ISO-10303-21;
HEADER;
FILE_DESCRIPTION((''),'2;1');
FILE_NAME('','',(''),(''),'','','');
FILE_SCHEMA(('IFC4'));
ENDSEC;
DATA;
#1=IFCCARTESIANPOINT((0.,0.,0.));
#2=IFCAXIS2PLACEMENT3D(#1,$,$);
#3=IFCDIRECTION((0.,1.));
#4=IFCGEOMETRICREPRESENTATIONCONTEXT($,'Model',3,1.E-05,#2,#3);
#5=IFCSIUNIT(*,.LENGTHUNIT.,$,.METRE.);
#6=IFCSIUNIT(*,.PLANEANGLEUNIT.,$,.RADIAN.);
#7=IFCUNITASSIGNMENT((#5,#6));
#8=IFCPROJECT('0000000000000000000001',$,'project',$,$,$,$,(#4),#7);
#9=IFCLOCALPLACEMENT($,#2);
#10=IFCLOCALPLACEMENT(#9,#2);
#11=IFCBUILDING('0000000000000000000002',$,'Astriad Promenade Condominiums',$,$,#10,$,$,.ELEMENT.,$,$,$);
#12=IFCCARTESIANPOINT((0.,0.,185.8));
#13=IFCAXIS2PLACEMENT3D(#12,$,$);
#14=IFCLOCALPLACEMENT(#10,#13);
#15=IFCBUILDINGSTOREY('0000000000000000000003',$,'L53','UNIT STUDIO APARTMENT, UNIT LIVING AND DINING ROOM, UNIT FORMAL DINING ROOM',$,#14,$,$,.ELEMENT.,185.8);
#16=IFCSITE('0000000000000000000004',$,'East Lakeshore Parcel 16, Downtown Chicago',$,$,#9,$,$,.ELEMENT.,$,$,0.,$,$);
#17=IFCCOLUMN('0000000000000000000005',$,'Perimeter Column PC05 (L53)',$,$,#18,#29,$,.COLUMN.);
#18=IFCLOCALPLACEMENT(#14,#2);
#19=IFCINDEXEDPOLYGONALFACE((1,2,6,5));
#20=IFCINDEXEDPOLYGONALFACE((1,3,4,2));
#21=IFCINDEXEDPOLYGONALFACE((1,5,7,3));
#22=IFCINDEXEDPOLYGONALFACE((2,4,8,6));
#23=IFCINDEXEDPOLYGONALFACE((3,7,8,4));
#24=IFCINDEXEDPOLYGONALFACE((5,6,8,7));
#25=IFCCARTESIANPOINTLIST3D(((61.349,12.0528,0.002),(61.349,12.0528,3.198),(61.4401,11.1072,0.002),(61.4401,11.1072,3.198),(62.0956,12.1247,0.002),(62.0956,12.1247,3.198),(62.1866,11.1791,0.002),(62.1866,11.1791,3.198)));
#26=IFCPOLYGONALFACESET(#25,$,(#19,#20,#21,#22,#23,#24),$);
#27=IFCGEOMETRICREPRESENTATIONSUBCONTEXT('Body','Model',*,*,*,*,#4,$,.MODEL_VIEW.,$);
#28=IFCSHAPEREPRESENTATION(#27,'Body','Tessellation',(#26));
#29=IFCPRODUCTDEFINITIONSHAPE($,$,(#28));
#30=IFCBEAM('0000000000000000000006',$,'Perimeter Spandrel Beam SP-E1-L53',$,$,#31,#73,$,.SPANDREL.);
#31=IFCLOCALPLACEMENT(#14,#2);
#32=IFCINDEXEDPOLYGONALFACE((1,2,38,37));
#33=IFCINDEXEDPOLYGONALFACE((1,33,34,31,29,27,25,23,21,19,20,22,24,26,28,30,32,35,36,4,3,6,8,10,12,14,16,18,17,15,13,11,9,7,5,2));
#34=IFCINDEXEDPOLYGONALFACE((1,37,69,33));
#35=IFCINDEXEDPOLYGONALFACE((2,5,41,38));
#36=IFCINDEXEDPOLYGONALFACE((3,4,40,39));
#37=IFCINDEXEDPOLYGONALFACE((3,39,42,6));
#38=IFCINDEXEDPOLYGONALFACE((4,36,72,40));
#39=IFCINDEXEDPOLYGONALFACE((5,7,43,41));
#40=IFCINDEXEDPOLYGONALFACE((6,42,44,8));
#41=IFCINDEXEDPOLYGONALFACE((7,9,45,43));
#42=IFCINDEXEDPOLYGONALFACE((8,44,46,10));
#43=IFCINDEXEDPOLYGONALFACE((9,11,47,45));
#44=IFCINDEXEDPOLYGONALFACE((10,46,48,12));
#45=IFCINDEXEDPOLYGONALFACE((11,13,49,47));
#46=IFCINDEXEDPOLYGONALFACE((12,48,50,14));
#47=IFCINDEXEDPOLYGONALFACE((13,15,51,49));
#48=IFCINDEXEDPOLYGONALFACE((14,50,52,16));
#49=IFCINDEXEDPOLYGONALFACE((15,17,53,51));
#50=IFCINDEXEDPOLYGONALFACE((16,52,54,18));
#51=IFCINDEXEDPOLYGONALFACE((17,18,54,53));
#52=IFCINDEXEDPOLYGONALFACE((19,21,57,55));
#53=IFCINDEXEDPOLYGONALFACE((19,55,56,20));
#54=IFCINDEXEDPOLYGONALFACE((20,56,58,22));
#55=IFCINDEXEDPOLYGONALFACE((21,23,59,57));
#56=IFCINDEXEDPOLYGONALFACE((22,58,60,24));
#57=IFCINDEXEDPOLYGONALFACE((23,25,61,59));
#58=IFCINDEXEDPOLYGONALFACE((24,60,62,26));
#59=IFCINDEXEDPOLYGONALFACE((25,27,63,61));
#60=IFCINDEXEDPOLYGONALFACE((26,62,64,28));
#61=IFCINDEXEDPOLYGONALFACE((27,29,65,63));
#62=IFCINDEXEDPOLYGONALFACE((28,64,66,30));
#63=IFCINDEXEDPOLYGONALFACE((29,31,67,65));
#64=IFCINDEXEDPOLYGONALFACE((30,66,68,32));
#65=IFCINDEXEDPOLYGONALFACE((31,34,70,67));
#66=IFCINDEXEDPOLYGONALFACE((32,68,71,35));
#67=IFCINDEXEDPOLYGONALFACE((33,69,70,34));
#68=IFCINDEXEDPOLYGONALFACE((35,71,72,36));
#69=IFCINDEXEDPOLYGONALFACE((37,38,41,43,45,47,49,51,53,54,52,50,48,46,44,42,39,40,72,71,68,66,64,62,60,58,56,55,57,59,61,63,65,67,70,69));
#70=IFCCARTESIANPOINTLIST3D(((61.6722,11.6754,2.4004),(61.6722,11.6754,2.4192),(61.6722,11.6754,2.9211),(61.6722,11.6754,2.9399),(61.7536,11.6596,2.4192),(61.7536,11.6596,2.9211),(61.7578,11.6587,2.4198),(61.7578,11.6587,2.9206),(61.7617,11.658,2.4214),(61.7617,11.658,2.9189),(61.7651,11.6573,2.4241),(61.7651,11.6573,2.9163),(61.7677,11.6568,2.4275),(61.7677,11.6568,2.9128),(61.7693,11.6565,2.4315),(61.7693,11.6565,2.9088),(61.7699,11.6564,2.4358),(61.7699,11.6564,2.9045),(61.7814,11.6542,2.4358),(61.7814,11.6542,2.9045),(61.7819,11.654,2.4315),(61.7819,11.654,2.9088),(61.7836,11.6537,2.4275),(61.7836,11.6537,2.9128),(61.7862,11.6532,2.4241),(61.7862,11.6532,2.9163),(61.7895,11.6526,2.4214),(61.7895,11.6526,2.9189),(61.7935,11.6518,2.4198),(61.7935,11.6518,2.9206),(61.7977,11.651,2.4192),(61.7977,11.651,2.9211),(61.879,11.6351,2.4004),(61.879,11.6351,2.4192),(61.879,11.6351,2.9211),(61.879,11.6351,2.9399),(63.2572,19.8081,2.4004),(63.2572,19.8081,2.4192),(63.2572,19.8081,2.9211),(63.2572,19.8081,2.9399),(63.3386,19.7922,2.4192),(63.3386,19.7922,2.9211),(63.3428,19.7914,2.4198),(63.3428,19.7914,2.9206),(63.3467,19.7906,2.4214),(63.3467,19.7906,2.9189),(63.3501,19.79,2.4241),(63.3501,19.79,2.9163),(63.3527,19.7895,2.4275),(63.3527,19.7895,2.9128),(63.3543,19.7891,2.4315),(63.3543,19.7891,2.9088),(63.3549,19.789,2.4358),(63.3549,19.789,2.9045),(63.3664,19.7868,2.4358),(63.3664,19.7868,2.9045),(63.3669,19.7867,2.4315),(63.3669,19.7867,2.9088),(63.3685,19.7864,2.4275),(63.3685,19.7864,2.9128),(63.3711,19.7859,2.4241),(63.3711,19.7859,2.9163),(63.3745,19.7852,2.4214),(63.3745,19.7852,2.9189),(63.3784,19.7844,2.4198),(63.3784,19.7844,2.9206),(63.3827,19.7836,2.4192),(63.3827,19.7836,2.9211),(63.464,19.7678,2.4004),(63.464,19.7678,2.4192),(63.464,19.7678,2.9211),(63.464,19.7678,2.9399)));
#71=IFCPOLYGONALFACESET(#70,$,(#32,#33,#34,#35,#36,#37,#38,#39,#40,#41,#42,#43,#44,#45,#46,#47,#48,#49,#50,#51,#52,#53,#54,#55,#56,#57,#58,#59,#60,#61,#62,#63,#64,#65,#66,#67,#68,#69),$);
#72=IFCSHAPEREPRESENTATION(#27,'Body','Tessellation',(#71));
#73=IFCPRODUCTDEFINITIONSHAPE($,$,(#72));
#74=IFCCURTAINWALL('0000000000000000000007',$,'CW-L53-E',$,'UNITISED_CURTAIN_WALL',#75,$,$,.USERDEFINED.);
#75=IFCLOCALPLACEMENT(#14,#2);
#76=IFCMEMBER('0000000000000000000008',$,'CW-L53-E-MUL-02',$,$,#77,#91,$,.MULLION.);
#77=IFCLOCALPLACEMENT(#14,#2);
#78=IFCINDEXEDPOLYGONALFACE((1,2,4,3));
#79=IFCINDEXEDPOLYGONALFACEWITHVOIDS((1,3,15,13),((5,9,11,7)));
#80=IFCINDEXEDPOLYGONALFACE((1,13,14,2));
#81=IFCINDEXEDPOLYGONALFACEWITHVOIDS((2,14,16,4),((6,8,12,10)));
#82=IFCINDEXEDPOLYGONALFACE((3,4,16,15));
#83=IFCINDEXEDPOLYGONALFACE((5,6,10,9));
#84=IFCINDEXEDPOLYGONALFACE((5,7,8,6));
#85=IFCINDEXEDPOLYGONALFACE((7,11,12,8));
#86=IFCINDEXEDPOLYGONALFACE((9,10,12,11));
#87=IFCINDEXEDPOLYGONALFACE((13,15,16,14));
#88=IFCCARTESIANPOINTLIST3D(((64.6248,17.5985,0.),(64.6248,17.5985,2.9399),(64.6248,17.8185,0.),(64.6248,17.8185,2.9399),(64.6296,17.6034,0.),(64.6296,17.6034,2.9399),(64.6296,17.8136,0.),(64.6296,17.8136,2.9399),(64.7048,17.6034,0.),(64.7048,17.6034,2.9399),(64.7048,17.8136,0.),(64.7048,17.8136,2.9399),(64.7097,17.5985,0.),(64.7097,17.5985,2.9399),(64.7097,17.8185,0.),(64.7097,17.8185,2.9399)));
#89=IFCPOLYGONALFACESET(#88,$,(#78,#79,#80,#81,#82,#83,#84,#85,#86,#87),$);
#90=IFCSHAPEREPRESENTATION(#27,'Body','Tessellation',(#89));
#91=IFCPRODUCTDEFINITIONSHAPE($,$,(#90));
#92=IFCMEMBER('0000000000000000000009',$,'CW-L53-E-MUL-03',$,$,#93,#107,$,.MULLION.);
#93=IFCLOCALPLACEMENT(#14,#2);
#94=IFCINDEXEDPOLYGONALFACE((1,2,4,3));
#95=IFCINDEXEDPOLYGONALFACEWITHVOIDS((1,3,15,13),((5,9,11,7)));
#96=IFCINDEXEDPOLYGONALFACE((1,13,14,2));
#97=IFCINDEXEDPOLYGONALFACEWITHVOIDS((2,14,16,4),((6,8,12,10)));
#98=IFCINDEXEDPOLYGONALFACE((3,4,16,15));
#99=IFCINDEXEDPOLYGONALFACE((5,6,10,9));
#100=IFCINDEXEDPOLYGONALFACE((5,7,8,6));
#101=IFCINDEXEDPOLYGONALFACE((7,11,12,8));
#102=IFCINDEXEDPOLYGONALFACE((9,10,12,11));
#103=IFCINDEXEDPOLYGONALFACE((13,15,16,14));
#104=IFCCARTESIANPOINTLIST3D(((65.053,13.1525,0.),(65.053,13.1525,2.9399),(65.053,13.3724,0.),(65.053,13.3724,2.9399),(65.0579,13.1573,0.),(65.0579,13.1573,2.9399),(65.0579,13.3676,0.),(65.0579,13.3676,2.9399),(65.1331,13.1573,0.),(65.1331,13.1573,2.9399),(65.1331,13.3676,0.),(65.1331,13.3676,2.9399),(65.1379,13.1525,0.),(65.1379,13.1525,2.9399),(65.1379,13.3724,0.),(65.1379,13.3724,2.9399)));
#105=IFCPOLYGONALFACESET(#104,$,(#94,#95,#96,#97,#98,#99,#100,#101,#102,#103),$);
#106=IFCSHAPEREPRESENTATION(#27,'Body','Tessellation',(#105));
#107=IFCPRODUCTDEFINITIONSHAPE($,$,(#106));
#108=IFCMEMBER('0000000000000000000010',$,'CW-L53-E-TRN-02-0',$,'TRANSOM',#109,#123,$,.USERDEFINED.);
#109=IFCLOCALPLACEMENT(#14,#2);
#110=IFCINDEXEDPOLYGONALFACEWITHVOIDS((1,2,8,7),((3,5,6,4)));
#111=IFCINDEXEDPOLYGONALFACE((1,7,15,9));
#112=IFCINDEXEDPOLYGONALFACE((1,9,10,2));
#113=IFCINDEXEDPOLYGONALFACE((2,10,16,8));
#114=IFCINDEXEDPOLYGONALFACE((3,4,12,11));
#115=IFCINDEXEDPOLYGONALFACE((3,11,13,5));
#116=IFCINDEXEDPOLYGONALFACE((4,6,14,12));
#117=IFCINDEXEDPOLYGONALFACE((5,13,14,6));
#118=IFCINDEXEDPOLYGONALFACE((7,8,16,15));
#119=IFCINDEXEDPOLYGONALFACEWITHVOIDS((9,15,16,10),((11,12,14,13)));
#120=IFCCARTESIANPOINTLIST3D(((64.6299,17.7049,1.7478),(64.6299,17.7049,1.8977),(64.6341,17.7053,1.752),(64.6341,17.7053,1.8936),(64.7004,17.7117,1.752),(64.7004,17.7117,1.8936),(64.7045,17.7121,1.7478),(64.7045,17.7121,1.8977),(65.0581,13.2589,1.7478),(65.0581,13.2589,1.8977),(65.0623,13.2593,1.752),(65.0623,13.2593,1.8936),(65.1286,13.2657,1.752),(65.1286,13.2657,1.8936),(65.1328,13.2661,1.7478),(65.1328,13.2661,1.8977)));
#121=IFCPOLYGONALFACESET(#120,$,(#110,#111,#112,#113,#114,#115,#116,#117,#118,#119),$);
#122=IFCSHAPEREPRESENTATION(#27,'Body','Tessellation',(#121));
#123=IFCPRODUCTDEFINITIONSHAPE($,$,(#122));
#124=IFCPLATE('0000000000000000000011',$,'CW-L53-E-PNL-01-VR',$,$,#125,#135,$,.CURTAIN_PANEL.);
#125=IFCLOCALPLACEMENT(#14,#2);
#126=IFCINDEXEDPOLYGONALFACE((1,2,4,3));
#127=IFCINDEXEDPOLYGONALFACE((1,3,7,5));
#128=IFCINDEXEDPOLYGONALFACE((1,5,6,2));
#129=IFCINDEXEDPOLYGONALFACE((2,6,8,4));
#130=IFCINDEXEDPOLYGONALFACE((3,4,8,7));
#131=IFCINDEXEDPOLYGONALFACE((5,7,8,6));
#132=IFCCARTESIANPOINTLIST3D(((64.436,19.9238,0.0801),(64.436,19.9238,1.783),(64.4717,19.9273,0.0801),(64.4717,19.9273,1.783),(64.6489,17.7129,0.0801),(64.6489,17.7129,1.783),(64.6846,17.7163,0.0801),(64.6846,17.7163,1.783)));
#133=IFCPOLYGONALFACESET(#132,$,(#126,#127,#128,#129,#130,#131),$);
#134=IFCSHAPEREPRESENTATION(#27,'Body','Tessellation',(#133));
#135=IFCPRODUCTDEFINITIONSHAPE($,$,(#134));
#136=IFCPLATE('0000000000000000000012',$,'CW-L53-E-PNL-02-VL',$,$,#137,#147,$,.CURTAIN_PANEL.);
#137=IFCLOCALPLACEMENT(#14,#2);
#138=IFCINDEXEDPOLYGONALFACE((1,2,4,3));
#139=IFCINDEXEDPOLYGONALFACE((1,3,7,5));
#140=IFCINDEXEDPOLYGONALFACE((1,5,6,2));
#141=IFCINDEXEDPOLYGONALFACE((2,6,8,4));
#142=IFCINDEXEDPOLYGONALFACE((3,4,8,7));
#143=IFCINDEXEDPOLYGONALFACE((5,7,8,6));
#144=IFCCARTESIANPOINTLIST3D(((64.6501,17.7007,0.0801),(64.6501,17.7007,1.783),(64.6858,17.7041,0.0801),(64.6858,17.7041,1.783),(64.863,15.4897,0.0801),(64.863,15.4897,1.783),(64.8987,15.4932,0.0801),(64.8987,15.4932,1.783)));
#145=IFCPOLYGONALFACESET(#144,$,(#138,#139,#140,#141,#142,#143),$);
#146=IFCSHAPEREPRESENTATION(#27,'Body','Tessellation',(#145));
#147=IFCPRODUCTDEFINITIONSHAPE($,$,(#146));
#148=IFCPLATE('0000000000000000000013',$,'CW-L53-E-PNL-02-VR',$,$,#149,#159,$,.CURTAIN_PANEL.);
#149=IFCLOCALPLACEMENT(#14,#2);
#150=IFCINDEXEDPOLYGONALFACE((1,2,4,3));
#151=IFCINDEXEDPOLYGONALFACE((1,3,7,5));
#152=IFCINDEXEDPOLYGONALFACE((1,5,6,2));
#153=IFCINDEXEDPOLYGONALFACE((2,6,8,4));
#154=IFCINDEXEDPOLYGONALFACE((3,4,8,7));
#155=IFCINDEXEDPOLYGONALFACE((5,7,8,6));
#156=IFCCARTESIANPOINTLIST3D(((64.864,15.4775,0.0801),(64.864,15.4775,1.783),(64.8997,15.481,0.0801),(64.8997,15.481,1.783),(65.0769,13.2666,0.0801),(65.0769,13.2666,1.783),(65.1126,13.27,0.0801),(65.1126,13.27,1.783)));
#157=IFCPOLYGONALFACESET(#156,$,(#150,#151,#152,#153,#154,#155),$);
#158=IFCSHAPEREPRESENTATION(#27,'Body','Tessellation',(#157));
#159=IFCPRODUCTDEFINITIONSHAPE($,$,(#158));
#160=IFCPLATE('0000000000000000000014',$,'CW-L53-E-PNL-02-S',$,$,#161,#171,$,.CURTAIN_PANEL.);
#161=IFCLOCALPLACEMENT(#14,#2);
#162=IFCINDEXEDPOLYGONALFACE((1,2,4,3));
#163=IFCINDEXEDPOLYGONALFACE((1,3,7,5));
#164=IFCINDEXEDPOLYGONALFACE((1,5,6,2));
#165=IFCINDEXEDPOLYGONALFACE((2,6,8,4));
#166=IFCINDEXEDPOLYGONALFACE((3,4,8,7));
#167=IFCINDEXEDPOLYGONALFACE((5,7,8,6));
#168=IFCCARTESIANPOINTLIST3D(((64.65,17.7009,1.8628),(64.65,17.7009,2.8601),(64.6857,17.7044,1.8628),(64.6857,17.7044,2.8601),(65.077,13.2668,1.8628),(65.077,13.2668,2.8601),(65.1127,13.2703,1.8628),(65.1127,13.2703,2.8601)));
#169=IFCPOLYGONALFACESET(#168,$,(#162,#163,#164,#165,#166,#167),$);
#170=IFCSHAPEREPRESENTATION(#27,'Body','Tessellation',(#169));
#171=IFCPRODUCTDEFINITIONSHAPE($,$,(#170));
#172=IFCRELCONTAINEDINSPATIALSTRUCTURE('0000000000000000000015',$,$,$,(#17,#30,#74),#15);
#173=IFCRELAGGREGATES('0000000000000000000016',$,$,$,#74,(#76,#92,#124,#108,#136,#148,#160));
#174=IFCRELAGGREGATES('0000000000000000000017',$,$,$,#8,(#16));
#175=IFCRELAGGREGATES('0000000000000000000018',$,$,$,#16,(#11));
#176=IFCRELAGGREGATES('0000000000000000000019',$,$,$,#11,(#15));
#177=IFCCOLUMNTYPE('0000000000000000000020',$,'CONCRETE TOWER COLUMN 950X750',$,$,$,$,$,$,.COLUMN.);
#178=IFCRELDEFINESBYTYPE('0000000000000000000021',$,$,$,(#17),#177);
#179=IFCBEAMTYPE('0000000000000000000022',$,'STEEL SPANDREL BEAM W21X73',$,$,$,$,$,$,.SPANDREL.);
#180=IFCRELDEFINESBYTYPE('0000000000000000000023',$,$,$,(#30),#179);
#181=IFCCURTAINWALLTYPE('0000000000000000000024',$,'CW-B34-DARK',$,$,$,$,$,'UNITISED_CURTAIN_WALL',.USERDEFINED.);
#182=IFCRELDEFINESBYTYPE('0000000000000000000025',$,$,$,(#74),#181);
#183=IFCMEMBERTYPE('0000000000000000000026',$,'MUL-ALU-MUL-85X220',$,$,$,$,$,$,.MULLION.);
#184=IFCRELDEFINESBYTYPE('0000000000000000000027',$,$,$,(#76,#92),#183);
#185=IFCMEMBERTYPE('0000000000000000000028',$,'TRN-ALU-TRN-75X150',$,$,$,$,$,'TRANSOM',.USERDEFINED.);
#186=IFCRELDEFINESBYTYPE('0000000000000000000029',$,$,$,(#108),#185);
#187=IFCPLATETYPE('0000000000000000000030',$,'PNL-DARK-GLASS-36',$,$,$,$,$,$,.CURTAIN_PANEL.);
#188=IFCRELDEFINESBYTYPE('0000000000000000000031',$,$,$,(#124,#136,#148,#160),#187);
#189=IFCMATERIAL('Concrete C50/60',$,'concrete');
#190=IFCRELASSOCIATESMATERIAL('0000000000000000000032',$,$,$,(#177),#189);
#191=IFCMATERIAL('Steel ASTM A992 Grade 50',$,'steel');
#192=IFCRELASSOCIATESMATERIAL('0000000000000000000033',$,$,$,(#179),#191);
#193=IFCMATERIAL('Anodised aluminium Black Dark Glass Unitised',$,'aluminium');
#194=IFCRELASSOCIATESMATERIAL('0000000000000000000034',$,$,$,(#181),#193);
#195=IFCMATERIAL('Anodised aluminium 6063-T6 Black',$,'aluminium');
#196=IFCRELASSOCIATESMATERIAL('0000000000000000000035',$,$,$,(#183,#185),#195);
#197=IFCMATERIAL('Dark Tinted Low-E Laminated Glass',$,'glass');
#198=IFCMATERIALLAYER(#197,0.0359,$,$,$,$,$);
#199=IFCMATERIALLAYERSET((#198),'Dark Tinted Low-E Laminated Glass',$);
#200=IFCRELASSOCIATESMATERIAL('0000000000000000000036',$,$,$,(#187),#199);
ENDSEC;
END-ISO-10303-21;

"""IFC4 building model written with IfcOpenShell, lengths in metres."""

from ifc_helpers import new_model, si_unit, direction, frame, origin, origin_2d, place, context, subcontext, project, spatial, rectangle, hollow_rectangle, i_section, extrude, source, transform, mapped, material, layer, layer_set, material_profile, profile_set, type_object, type_shapes, element, aggregate, save


model = new_model("IFC4")

# Units and contexts
model_context = context("Model", 3, precision=1e-05, world=origin(), true_north=direction((0.0, 1.0)))
body_context = subcontext(model_context, "Body", "Model", "MODEL_VIEW")
ifc_project = project(units=[si_unit("LENGTHUNIT", "METRE"), si_unit("PLANEANGLEUNIT", "RADIAN")], contexts=[model_context])

# Site, building, storey
site_placement = place(None, origin())
site = spatial("IfcSite", under=ifc_project, at=site_placement, Name="East Lakeshore Parcel 16, Downtown Chicago", CompositionType="ELEMENT", RefElevation=0.0)
building_placement = place(site_placement, origin())
building = spatial("IfcBuilding", under=site, at=building_placement, Name="Astriad Promenade Condominiums", CompositionType="ELEMENT")
storey_placement = place(building_placement, frame((0.0, 0.0, 185.8)))
storey = spatial("IfcBuildingStorey", under=building, at=storey_placement, Name="L53", Description="UNIT STUDIO APARTMENT, UNIT LIVING AND DINING ROOM, UNIT FORMAL DINING ROOM", CompositionType="ELEMENT", Elevation=185.8)

# Column
ifc_material_1 = material(Name="Concrete C50/60", Category="concrete")
ifc_material_profile_1 = material_profile(ifc_material_1, rectangle(XDim=0.75, YDim=0.95, at=origin_2d()), Name="RC-COL-950X750")
ifc_profile_set_1 = profile_set([ifc_material_profile_1], Name="Concrete C50/60")
column_type = type_object("IfcColumnType", Name="CONCRETE TOWER COLUMN 950X750", PredefinedType="COLUMN", material=ifc_profile_set_1)
shared_shape_1 = source(origin(), body_context, "Body", "SweptSolid", [
    extrude(rectangle(XDim=0.75, YDim=0.95, at=origin_2d()), origin(), (0.0, 0.0, 1.0), 3.196),
])
type_shapes(column_type, [shared_shape_1])
column_placement = place(storey_placement, frame((61.7678, 11.616, 0.002), z_axis=(0.0, 0.0, 1.0), x_axis=(0.995396, 0.095846, 0.0)))
element("IfcColumn", 1, at=column_placement, inside=storey, type_object=column_type, Name="Perimeter Column PC05 (L53)", PredefinedType="COLUMN", context=body_context, shape_type="MappedRepresentation", body=[
    mapped(shared_shape_1, transform((0.0, 0.0, 0.0), scale=1.0)),
])

# Beam
ifc_material_2 = material(Name="Steel ASTM A992 Grade 50", Category="steel")
ifc_material_profile_2 = material_profile(ifc_material_2, i_section(OverallWidth=0.2107, OverallDepth=0.5396, WebThickness=0.0117, FlangeThickness=0.0188, FilletRadius=0.0166, at=origin_2d()), Name="W21X73")
ifc_profile_set_2 = profile_set([ifc_material_profile_2], Name="Steel ASTM A992 Grade 50")
beam_type = type_object("IfcBeamType", Name="STEEL SPANDREL BEAM W21X73", PredefinedType="SPANDREL", material=ifc_profile_set_2)
shared_shape_2 = source(origin(), body_context, "Body", "SweptSolid", [
    extrude(i_section(OverallWidth=0.2107, OverallDepth=0.5396, WebThickness=0.0117, FlangeThickness=0.0188, FilletRadius=0.0166, at=origin_2d()), origin(), (0.0, 0.0, 1.0), 8.2856),
])
type_shapes(beam_type, [shared_shape_2])
beam_placement = place(storey_placement, frame((61.7756, 11.6553, 2.6702), z_axis=(0.191292, 0.981533, 0.0), x_axis=(-0.981533, 0.191292, 0.0)))
element("IfcBeam", 2, at=beam_placement, inside=storey, type_object=beam_type, Name="Perimeter Spandrel Beam SP-E1-L53", PredefinedType="SPANDREL", context=body_context, shape_type="MappedRepresentation", body=[
    mapped(shared_shape_2, transform((0.0, 0.0, 0.0), scale=1.0)),
])

# Curtain wall, members, plates
ifc_material_3 = material(Name="Anodised aluminium Black Dark Glass Unitised", Category="aluminium")
curtain_wall_type = type_object("IfcCurtainWallType", Name="CW-B34-DARK", ElementType="UNITISED_CURTAIN_WALL", PredefinedType="USERDEFINED", material=ifc_material_3)
curtain_wall_placement = place(storey_placement, origin())
curtain_wall = element("IfcCurtainWall", 3, at=curtain_wall_placement, inside=storey, type_object=curtain_wall_type, Name="CW-L53-E", ObjectType="UNITISED_CURTAIN_WALL", PredefinedType="USERDEFINED")
ifc_material_4 = material(Name="Anodised aluminium 6063-T6 Black", Category="aluminium")
ifc_material_profile_3 = material_profile(ifc_material_4, hollow_rectangle(XDim=0.085, YDim=0.22, WallThickness=0.0049, at=origin_2d()), Name="ALU-MUL-85X220")
ifc_profile_set_3 = profile_set([ifc_material_profile_3], Name="Anodised aluminium 6063-T6 Black")
member_type_1 = type_object("IfcMemberType", Name="MUL-ALU-MUL-85X220", PredefinedType="MULLION", material=ifc_profile_set_3)
shared_shape_3 = source(origin(), body_context, "Body", "SweptSolid", [
    extrude(hollow_rectangle(XDim=0.085, YDim=0.22, WallThickness=0.0049, at=origin_2d()), origin(), (0.0, 0.0, 1.0), 2.9399),
])
type_shapes(member_type_1, [shared_shape_3])
member_1_placement = place(storey_placement, frame((64.6672, 17.7085, 0.0), z_axis=(0.0, 0.0, 1.0), x_axis=(1.0, 0.0, 0.0)))
member_1 = element("IfcMember", 4, at=member_1_placement, type_object=member_type_1, Name="CW-L53-E-MUL-02", PredefinedType="MULLION", context=body_context, shape_type="MappedRepresentation", body=[
    mapped(shared_shape_3, transform((0.0, 0.0, 0.0), scale=1.0)),
])
member_2_placement = place(storey_placement, frame((65.0955, 13.2625, 0.0), z_axis=(0.0, 0.0, 1.0), x_axis=(1.0, 0.0, 0.0)))
member_2 = element("IfcMember", 5, at=member_2_placement, type_object=member_type_1, Name="CW-L53-E-MUL-03", PredefinedType="MULLION", context=body_context, shape_type="MappedRepresentation", body=[
    mapped(shared_shape_3, transform((0.0, 0.0, 0.0), scale=1.0)),
])
ifc_material_profile_4 = material_profile(ifc_material_4, hollow_rectangle(XDim=0.075, YDim=0.1499, WallThickness=0.0042, at=origin_2d()), Name="ALU-TRN-75X150")
ifc_profile_set_4 = profile_set([ifc_material_profile_4], Name="Anodised aluminium 6063-T6 Black")
member_type_2 = type_object("IfcMemberType", Name="TRN-ALU-TRN-75X150", ElementType="TRANSOM", PredefinedType="USERDEFINED", material=ifc_profile_set_4)
shared_shape_4 = source(origin(), body_context, "Body", "SweptSolid", [
    extrude(hollow_rectangle(XDim=0.075, YDim=0.1499, WallThickness=0.0042, at=origin_2d()), origin(), (0.0, 0.0, 1.0), 4.4666),
])
type_shapes(member_type_2, [shared_shape_4])
member_3_placement = place(storey_placement, frame((64.6672, 17.7085, 1.8228), z_axis=(0.095872, -0.995394, 0.0), x_axis=(0.995394, 0.095872, 0.0)))
member_3 = element("IfcMember", 6, at=member_3_placement, type_object=member_type_2, Name="CW-L53-E-TRN-02-0", ObjectType="TRANSOM", PredefinedType="USERDEFINED", context=body_context, shape_type="MappedRepresentation", body=[
    mapped(shared_shape_4, transform((0.0, 0.0, 0.0), scale=1.0)),
])
ifc_material_5 = material(Name="Dark Tinted Low-E Laminated Glass", Category="glass")
ifc_layer_1 = layer(ifc_material_5, 0.0359)
ifc_layer_set_1 = layer_set([ifc_layer_1], Name="Dark Tinted Low-E Laminated Glass")
plate_type = type_object("IfcPlateType", Name="PNL-DARK-GLASS-36", PredefinedType="CURTAIN_PANEL", material=ifc_layer_set_1)
shared_shape_5 = source(origin(), body_context, "Body", "SweptSolid", [
    extrude(rectangle(XDim=2.2212, YDim=0.0359, at=origin_2d()), origin(), (0.0, 0.0, 1.0), 1.7029),
])
plate_1_placement = place(storey_placement, frame((64.5603, 18.8201, 0.0801), z_axis=(0.0, 0.0, 1.0), x_axis=(0.095846, -0.995396, 0.0)))
plate_1 = element("IfcPlate", 7, at=plate_1_placement, type_object=plate_type, Name="CW-L53-E-PNL-01-VR", PredefinedType="CURTAIN_PANEL", context=body_context, shape_type="MappedRepresentation", body=[
    mapped(shared_shape_5, transform((0.0, 0.0, 0.0), scale=1.0)),
])
plate_2_placement = place(storey_placement, frame((64.7744, 16.5969, 0.0801), z_axis=(0.0, 0.0, 1.0), x_axis=(0.095846, -0.995396, 0.0)))
plate_2 = element("IfcPlate", 8, at=plate_2_placement, type_object=plate_type, Name="CW-L53-E-PNL-02-VL", PredefinedType="CURTAIN_PANEL", context=body_context, shape_type="MappedRepresentation", body=[
    mapped(shared_shape_5, transform((0.0, 0.0, 0.0), scale=1.0)),
])
plate_3_placement = place(storey_placement, frame((64.9883, 14.3738, 0.0801), z_axis=(0.0, 0.0, 1.0), x_axis=(0.095846, -0.995396, 0.0)))
plate_3 = element("IfcPlate", 9, at=plate_3_placement, type_object=plate_type, Name="CW-L53-E-PNL-02-VR", PredefinedType="CURTAIN_PANEL", context=body_context, shape_type="MappedRepresentation", body=[
    mapped(shared_shape_5, transform((0.0, 0.0, 0.0), scale=1.0)),
])
shared_shape_6 = source(origin(), body_context, "Body", "SweptSolid", [
    extrude(rectangle(XDim=4.4546, YDim=0.0359, at=origin_2d()), origin(), (0.0, 0.0, 1.0), 0.9973),
])
type_shapes(plate_type, [shared_shape_5, shared_shape_6])
plate_4_placement = place(storey_placement, frame((64.8813, 15.4856, 1.8628), z_axis=(0.0, 0.0, 1.0), x_axis=(0.095846, -0.995396, 0.0)))
plate_4 = element("IfcPlate", 10, at=plate_4_placement, type_object=plate_type, Name="CW-L53-E-PNL-02-S", PredefinedType="CURTAIN_PANEL", context=body_context, shape_type="MappedRepresentation", body=[
    mapped(shared_shape_6, transform((0.0, 0.0, 0.0), scale=1.0)),
])
aggregate(curtain_wall, [member_1, member_2, plate_1, member_3, plate_2, plate_3, plate_4])

save(model, "model.ifc")
